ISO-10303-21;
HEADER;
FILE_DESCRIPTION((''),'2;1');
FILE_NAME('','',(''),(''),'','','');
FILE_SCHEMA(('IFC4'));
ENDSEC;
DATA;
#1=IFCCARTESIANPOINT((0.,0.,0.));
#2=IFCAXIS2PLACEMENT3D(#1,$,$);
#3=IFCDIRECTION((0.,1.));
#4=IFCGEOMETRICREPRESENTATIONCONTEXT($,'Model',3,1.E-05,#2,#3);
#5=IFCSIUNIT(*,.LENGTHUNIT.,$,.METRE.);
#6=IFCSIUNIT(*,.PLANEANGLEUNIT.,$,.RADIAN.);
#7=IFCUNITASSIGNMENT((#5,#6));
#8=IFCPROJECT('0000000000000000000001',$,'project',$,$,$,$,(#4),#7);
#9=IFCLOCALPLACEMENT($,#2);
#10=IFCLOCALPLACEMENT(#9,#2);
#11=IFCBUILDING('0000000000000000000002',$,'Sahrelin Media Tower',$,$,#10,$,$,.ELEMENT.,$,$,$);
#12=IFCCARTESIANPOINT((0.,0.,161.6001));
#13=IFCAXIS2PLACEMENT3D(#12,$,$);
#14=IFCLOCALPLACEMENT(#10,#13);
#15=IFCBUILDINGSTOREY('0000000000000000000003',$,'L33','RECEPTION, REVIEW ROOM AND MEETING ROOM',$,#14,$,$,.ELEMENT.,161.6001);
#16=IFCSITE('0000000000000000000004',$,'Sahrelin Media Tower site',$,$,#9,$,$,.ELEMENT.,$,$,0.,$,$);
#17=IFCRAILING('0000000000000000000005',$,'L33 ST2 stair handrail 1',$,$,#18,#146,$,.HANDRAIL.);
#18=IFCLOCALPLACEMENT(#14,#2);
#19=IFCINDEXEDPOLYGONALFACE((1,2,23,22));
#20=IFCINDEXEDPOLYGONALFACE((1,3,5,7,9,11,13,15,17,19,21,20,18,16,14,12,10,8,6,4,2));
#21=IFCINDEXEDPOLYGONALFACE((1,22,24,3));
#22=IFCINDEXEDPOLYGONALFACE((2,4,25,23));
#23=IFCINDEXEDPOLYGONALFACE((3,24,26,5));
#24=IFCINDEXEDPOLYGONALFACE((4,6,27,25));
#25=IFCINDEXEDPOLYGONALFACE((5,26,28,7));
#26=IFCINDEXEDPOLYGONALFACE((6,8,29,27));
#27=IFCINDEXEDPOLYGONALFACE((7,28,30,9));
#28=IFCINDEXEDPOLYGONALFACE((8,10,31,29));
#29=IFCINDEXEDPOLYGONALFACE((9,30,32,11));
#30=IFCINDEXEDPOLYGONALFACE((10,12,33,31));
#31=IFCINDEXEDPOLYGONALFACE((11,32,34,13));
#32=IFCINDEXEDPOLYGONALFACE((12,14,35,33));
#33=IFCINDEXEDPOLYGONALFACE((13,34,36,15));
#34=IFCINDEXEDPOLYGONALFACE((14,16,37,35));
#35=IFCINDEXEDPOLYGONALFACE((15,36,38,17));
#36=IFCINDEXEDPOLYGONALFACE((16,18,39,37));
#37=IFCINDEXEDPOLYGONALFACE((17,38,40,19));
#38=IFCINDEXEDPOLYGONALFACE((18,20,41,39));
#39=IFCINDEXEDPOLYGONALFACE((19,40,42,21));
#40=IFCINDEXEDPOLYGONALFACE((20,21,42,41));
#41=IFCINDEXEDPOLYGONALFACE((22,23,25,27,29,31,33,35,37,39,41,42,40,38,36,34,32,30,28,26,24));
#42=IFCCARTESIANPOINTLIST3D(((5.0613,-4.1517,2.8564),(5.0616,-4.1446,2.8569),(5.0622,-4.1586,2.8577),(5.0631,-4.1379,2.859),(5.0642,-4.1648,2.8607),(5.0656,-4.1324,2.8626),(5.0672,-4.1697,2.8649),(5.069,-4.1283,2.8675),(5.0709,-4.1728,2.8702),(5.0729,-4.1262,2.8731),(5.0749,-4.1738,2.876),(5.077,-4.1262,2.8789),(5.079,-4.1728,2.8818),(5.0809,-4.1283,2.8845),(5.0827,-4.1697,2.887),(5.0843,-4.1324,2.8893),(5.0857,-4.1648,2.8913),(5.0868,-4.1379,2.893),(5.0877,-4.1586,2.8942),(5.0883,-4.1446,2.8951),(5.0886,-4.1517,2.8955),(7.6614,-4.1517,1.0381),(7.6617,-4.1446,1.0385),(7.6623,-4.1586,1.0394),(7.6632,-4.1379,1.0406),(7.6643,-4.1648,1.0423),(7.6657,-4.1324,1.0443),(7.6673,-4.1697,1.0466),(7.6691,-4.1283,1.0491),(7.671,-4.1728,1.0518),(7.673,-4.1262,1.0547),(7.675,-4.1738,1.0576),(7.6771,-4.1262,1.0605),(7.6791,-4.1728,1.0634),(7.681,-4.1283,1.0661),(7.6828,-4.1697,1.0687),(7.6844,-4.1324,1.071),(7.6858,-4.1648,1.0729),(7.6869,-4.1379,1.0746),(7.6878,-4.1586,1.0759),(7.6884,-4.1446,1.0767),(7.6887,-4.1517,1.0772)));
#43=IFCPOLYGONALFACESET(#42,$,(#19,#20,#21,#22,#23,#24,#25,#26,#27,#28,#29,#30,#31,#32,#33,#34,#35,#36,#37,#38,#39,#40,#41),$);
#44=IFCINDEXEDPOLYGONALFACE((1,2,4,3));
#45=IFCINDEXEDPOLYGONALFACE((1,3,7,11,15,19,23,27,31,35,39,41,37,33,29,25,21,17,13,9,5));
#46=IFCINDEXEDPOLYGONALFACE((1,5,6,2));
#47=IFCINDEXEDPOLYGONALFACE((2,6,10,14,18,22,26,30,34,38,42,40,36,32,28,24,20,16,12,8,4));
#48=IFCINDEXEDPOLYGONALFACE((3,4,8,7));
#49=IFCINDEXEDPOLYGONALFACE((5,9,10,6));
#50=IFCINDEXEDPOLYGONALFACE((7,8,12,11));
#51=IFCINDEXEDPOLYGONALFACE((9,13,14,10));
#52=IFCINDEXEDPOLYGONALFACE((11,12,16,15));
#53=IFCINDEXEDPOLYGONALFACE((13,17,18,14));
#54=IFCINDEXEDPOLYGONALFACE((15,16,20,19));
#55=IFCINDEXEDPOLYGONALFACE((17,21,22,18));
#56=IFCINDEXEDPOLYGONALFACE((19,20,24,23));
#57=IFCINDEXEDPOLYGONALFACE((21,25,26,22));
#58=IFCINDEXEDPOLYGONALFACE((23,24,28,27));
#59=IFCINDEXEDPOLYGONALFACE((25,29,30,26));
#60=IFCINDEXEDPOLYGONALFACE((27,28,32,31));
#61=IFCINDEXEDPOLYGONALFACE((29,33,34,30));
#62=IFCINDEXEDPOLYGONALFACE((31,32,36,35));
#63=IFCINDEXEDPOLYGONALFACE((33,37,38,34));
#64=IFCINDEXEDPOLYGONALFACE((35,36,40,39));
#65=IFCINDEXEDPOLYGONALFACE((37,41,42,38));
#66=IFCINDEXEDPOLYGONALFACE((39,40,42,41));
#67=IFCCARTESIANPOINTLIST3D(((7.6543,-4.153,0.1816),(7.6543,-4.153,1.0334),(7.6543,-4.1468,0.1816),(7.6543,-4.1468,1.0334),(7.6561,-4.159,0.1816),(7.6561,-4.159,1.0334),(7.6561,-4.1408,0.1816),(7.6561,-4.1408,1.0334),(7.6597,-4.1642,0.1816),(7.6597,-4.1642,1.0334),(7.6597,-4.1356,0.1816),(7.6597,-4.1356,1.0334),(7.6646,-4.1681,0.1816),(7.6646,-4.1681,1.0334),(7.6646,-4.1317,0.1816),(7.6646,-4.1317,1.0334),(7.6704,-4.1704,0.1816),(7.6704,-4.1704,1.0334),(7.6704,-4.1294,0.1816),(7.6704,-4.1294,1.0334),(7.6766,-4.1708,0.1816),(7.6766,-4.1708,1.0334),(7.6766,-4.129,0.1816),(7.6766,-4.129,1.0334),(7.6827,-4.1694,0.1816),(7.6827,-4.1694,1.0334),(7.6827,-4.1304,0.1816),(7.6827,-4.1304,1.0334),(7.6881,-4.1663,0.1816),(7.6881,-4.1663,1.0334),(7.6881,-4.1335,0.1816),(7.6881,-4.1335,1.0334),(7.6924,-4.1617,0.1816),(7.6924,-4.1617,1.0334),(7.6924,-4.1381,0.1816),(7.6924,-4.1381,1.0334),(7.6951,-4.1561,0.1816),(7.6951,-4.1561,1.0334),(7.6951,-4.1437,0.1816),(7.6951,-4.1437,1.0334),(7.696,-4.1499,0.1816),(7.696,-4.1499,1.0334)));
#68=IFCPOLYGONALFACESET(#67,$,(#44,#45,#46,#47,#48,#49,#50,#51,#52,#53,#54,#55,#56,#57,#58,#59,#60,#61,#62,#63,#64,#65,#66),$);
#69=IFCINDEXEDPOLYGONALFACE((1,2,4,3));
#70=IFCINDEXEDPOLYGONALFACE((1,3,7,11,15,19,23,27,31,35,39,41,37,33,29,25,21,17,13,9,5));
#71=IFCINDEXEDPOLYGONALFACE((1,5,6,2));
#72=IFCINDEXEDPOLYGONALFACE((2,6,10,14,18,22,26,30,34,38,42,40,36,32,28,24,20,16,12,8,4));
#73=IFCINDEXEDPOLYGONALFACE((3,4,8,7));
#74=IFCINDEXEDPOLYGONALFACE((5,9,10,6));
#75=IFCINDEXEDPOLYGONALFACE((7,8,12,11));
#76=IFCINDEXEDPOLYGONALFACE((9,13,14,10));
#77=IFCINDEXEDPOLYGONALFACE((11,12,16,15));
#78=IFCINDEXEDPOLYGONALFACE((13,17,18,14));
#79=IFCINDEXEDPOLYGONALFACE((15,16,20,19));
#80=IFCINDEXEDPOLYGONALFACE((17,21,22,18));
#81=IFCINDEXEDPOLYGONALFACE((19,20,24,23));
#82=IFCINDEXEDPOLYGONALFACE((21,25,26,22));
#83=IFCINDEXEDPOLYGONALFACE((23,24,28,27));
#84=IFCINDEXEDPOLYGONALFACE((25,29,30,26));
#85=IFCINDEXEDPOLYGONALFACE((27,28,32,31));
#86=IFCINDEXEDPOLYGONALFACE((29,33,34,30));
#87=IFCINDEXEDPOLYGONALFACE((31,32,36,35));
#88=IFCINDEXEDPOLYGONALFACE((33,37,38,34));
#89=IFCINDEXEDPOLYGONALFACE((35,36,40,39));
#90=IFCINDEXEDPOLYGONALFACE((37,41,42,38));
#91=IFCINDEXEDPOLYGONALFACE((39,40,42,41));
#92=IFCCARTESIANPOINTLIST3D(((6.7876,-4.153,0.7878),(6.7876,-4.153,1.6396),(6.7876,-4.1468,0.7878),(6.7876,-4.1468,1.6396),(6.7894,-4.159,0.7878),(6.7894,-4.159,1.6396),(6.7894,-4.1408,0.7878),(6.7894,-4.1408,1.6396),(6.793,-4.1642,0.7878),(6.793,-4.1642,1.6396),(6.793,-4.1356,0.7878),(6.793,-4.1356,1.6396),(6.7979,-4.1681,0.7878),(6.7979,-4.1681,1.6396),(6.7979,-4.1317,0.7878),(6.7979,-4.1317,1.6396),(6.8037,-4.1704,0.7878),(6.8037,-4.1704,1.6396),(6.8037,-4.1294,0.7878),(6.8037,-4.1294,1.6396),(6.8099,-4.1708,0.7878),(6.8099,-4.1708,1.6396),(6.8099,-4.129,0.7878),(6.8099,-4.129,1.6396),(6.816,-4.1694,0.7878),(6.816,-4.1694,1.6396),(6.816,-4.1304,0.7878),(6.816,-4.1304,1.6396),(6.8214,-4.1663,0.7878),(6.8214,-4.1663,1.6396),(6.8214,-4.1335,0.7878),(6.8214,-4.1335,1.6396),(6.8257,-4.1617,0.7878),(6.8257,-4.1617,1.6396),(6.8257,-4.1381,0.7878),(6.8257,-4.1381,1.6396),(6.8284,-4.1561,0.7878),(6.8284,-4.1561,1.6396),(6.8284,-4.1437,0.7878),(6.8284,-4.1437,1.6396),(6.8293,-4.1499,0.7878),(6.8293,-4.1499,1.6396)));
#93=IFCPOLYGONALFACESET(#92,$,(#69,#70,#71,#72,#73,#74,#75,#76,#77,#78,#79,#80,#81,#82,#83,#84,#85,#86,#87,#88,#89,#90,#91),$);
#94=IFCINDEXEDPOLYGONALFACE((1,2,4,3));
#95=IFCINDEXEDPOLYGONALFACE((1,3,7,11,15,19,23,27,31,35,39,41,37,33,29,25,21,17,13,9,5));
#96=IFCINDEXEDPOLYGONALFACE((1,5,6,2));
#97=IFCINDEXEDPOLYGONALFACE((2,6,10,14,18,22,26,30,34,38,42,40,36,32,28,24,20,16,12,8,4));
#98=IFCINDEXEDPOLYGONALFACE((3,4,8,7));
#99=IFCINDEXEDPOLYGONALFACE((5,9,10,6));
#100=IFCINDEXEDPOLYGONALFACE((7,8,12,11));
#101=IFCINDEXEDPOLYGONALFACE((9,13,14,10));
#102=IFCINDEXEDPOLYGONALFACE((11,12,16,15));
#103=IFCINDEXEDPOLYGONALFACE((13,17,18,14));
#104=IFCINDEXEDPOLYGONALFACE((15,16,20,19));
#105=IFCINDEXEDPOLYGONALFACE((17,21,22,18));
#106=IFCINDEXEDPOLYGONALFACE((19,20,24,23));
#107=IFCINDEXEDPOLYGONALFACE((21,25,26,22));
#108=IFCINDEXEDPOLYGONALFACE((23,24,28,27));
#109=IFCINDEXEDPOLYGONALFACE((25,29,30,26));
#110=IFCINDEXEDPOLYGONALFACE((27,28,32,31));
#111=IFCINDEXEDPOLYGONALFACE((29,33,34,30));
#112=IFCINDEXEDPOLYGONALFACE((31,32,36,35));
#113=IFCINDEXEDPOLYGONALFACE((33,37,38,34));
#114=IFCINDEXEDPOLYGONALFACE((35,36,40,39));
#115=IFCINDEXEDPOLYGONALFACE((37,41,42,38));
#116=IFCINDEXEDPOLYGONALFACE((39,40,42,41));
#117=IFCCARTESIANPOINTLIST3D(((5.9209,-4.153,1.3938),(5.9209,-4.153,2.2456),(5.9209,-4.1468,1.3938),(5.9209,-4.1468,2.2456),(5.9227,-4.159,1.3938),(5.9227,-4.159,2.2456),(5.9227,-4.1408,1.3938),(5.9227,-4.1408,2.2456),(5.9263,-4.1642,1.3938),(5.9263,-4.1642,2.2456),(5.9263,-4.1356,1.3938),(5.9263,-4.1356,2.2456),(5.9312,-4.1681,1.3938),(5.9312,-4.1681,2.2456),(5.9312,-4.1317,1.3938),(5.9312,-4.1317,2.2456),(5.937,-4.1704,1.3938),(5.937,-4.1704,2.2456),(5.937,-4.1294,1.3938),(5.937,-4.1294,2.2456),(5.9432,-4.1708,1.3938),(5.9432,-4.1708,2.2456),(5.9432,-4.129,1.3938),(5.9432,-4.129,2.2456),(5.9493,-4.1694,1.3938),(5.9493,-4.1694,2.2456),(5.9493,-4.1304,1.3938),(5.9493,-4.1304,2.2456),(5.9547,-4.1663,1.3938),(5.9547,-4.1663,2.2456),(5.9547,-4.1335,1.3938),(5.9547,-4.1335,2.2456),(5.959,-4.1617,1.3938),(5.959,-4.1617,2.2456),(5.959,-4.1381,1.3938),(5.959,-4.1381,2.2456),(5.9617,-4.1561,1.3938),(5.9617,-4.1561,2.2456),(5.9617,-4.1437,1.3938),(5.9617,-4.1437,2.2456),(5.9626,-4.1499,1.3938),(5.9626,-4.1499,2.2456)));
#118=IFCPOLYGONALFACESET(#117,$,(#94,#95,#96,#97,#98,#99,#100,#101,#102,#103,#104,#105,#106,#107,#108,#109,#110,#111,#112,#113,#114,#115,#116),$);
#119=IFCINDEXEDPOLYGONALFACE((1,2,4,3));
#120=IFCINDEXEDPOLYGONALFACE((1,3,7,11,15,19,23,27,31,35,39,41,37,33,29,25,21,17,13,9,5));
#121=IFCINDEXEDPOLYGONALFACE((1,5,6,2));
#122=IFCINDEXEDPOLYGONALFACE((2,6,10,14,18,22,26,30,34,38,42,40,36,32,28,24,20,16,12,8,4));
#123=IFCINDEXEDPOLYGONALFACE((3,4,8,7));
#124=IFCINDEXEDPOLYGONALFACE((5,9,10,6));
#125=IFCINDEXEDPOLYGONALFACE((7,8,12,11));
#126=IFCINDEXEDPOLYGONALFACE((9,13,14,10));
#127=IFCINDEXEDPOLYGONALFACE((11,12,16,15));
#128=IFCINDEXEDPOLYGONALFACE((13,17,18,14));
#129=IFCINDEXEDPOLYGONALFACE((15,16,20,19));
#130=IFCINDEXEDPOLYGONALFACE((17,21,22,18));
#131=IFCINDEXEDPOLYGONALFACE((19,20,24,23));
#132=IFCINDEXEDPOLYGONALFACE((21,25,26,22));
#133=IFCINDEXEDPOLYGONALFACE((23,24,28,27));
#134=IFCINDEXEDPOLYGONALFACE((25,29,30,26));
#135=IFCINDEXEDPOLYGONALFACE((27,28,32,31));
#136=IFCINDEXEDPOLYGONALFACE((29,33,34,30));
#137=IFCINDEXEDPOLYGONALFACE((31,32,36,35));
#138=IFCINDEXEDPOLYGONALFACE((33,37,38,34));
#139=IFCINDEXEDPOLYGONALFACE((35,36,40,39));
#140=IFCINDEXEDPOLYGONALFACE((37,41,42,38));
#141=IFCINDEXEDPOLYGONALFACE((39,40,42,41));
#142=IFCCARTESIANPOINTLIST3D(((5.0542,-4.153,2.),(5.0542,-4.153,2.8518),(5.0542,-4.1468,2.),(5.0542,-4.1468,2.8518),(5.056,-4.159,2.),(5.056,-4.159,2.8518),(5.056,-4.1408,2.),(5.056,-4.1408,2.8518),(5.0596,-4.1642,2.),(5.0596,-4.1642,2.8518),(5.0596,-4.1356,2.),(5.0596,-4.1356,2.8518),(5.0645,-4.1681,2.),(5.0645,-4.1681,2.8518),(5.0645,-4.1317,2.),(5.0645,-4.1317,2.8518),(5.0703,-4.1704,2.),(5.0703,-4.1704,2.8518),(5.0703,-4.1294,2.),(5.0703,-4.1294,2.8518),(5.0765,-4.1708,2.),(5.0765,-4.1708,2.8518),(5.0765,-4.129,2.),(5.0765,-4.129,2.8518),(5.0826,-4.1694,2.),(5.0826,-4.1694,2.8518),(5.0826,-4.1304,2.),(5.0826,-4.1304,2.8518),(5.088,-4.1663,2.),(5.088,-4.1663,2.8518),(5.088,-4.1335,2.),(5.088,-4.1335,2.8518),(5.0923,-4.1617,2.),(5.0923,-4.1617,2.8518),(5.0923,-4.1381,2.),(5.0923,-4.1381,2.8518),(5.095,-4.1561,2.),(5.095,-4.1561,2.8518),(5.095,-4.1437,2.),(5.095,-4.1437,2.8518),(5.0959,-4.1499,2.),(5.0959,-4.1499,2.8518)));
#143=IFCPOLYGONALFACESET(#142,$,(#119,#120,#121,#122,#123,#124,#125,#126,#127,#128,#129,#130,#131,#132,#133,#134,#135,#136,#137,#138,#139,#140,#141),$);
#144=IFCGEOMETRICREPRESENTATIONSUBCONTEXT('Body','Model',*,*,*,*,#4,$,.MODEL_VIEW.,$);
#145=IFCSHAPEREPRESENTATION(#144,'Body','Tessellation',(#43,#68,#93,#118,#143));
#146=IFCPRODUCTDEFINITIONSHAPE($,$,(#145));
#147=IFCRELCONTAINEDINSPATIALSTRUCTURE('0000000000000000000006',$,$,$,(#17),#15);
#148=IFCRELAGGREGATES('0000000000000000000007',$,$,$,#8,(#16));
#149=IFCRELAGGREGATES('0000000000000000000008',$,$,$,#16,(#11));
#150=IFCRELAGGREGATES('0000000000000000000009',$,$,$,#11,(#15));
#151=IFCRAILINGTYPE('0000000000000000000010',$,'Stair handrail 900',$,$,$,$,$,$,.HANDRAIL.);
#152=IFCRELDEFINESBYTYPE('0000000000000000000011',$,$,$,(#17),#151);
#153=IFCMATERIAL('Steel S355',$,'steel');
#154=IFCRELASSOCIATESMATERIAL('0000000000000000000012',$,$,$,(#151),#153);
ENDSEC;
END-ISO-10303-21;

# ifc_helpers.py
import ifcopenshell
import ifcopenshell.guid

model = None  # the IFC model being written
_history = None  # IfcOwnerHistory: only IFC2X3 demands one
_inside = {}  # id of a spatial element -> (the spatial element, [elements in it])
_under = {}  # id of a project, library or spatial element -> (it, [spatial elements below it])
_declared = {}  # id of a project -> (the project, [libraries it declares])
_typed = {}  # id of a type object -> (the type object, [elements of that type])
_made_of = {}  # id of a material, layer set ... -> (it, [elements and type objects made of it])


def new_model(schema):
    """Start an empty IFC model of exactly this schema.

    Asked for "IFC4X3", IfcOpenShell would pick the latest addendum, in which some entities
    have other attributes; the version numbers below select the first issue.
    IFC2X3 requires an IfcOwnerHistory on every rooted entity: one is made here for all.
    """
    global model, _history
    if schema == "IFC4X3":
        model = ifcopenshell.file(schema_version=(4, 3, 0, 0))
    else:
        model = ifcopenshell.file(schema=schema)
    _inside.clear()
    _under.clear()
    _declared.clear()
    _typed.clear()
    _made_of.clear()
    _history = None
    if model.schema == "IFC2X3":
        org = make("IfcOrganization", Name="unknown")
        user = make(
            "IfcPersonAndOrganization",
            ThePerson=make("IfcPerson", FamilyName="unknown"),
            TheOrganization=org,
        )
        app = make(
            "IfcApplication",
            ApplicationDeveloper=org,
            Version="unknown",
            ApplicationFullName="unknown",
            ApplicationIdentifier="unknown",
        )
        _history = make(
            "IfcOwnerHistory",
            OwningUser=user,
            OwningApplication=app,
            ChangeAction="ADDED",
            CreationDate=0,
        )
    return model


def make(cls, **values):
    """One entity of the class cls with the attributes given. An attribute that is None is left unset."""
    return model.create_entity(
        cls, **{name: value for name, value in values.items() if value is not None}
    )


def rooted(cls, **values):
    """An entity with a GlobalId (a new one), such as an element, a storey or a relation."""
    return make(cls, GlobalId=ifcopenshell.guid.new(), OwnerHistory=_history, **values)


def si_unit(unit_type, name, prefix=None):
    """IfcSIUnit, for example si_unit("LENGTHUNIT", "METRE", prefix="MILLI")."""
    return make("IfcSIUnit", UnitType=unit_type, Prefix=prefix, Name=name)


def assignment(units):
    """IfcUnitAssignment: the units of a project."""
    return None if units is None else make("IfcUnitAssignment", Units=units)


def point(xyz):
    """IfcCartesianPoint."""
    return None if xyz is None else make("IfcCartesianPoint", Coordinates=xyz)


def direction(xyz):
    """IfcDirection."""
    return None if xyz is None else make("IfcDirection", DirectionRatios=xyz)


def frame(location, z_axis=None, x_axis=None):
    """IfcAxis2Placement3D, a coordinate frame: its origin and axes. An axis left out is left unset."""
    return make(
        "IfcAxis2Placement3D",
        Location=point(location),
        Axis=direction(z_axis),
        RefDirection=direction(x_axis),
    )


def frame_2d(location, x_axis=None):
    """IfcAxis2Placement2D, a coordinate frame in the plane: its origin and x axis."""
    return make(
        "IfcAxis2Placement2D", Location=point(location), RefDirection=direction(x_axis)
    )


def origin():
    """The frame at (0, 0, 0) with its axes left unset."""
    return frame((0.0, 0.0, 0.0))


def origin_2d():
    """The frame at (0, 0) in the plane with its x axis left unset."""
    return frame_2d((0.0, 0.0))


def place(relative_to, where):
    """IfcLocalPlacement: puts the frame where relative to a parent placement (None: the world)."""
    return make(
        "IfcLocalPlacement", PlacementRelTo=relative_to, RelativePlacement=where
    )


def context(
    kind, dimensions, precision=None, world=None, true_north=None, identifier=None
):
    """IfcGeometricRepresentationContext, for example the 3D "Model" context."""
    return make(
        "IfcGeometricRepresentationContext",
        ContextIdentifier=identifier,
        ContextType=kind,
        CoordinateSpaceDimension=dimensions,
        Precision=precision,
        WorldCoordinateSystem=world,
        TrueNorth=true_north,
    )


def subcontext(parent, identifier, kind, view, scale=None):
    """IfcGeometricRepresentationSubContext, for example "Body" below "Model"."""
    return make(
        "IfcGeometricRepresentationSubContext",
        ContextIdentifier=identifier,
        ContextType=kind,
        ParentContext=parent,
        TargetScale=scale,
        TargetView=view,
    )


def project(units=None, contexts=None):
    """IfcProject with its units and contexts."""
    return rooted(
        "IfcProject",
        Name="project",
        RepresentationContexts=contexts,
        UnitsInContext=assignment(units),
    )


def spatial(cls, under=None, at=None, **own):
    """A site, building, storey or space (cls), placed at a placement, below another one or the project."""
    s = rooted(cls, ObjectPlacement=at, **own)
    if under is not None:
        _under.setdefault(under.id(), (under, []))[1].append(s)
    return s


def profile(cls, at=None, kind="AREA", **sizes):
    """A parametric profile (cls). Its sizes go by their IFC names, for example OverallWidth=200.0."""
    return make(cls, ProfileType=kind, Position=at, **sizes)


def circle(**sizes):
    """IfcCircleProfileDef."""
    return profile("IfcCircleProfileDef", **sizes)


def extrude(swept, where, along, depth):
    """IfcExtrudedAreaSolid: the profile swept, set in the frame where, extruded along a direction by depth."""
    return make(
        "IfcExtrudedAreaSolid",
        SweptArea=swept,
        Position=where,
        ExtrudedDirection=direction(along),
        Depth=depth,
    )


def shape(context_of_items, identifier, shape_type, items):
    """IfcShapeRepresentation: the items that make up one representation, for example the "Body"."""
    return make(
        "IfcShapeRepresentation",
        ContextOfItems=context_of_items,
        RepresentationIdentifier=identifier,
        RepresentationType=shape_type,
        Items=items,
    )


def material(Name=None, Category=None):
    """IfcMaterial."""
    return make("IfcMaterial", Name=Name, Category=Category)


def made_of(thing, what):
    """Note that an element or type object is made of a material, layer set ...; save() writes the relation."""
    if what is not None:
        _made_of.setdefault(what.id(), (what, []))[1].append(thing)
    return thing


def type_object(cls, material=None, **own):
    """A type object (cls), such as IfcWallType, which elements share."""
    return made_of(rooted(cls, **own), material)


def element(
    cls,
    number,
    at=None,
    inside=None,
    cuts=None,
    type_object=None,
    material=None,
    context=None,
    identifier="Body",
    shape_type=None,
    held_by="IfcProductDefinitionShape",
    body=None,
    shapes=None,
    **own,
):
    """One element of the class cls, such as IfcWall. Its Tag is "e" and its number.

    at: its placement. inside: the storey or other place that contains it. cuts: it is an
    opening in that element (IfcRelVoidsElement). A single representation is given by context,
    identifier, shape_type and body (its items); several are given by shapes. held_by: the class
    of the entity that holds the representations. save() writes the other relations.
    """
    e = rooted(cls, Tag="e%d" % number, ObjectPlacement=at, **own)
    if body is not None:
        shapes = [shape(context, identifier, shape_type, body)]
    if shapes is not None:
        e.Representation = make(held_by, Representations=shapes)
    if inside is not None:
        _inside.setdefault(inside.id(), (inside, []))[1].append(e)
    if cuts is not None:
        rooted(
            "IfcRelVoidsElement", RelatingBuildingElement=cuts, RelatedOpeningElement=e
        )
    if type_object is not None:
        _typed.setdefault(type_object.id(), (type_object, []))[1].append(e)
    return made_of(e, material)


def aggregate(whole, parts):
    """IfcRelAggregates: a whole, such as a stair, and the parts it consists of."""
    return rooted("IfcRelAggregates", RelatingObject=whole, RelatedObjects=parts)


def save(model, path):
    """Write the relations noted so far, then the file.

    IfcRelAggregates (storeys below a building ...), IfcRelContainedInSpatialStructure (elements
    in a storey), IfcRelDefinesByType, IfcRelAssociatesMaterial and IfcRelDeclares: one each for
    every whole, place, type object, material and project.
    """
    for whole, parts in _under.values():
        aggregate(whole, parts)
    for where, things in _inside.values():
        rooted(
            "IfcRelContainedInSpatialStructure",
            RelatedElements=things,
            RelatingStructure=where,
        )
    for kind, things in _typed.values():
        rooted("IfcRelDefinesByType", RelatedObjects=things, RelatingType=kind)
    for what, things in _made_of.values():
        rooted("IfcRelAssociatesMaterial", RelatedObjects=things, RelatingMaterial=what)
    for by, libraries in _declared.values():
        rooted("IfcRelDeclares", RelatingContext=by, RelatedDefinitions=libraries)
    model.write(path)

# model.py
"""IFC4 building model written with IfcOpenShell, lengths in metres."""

from ifc_helpers import new_model, si_unit, direction, frame, origin, origin_2d, place, context, subcontext, project, spatial, circle, extrude, material, type_object, element, save


model = new_model("IFC4")

# Units and contexts
model_context = context("Model", 3, precision=1e-05, world=origin(), true_north=direction((0.0, 1.0)))
body_context = subcontext(model_context, "Body", "Model", "MODEL_VIEW")
ifc_project = project(units=[si_unit("LENGTHUNIT", "METRE"), si_unit("PLANEANGLEUNIT", "RADIAN")], contexts=[model_context])

# Site, building, storey
site_placement = place(None, origin())
site = spatial("IfcSite", under=ifc_project, at=site_placement, Name="Sahrelin Media Tower site", CompositionType="ELEMENT", RefElevation=0.0)
building_placement = place(site_placement, origin())
building = spatial("IfcBuilding", under=site, at=building_placement, Name="Sahrelin Media Tower", CompositionType="ELEMENT")
storey_placement = place(building_placement, frame((0.0, 0.0, 161.6001)))
storey = spatial("IfcBuildingStorey", under=building, at=storey_placement, Name="L33", Description="RECEPTION, REVIEW ROOM AND MEETING ROOM", CompositionType="ELEMENT", Elevation=161.6001)

# Shared definitions
ifc_material_1 = material(Name="Steel S355", Category="steel")

# Railing
railing_type_1 = type_object("IfcRailingType", Name="Stair handrail 900", PredefinedType="HANDRAIL", material=ifc_material_1)
railing_1_placement = place(storey_placement, frame((7.675, -4.1499, 0.1816)))
element("IfcRailing", 1, at=railing_1_placement, inside=storey, type_object=railing_type_1, Name="L33 ST2 stair handrail 1", PredefinedType="HANDRAIL", context=body_context, shape_type="SweptSolid", body=[
    extrude(circle(Radius=0.0239, at=origin_2d()), frame((0.0, 0.0, 0.876), z_axis=(-0.819485, 0.0, 0.573101), x_axis=(0.0, -1.0, 0.0)), (0.0, 0.0, 1.0), 3.1729),
    extrude(circle(Radius=0.021, at=origin_2d()), origin(), (0.0, 0.0, 1.0), 0.8518),
    extrude(circle(Radius=0.021, at=origin_2d()), frame((-0.8667, 0.0, 0.6062)), (0.0, 0.0, 1.0), 0.8518),
    extrude(circle(Radius=0.021, at=origin_2d()), frame((-1.7334, 0.0, 1.2122)), (0.0, 0.0, 1.0), 0.8518),
    extrude(circle(Radius=0.021, at=origin_2d()), frame((-2.6001, 0.0, 1.8184)), (0.0, 0.0, 1.0), 0.8518),
])

save(model, "model.ifc")
